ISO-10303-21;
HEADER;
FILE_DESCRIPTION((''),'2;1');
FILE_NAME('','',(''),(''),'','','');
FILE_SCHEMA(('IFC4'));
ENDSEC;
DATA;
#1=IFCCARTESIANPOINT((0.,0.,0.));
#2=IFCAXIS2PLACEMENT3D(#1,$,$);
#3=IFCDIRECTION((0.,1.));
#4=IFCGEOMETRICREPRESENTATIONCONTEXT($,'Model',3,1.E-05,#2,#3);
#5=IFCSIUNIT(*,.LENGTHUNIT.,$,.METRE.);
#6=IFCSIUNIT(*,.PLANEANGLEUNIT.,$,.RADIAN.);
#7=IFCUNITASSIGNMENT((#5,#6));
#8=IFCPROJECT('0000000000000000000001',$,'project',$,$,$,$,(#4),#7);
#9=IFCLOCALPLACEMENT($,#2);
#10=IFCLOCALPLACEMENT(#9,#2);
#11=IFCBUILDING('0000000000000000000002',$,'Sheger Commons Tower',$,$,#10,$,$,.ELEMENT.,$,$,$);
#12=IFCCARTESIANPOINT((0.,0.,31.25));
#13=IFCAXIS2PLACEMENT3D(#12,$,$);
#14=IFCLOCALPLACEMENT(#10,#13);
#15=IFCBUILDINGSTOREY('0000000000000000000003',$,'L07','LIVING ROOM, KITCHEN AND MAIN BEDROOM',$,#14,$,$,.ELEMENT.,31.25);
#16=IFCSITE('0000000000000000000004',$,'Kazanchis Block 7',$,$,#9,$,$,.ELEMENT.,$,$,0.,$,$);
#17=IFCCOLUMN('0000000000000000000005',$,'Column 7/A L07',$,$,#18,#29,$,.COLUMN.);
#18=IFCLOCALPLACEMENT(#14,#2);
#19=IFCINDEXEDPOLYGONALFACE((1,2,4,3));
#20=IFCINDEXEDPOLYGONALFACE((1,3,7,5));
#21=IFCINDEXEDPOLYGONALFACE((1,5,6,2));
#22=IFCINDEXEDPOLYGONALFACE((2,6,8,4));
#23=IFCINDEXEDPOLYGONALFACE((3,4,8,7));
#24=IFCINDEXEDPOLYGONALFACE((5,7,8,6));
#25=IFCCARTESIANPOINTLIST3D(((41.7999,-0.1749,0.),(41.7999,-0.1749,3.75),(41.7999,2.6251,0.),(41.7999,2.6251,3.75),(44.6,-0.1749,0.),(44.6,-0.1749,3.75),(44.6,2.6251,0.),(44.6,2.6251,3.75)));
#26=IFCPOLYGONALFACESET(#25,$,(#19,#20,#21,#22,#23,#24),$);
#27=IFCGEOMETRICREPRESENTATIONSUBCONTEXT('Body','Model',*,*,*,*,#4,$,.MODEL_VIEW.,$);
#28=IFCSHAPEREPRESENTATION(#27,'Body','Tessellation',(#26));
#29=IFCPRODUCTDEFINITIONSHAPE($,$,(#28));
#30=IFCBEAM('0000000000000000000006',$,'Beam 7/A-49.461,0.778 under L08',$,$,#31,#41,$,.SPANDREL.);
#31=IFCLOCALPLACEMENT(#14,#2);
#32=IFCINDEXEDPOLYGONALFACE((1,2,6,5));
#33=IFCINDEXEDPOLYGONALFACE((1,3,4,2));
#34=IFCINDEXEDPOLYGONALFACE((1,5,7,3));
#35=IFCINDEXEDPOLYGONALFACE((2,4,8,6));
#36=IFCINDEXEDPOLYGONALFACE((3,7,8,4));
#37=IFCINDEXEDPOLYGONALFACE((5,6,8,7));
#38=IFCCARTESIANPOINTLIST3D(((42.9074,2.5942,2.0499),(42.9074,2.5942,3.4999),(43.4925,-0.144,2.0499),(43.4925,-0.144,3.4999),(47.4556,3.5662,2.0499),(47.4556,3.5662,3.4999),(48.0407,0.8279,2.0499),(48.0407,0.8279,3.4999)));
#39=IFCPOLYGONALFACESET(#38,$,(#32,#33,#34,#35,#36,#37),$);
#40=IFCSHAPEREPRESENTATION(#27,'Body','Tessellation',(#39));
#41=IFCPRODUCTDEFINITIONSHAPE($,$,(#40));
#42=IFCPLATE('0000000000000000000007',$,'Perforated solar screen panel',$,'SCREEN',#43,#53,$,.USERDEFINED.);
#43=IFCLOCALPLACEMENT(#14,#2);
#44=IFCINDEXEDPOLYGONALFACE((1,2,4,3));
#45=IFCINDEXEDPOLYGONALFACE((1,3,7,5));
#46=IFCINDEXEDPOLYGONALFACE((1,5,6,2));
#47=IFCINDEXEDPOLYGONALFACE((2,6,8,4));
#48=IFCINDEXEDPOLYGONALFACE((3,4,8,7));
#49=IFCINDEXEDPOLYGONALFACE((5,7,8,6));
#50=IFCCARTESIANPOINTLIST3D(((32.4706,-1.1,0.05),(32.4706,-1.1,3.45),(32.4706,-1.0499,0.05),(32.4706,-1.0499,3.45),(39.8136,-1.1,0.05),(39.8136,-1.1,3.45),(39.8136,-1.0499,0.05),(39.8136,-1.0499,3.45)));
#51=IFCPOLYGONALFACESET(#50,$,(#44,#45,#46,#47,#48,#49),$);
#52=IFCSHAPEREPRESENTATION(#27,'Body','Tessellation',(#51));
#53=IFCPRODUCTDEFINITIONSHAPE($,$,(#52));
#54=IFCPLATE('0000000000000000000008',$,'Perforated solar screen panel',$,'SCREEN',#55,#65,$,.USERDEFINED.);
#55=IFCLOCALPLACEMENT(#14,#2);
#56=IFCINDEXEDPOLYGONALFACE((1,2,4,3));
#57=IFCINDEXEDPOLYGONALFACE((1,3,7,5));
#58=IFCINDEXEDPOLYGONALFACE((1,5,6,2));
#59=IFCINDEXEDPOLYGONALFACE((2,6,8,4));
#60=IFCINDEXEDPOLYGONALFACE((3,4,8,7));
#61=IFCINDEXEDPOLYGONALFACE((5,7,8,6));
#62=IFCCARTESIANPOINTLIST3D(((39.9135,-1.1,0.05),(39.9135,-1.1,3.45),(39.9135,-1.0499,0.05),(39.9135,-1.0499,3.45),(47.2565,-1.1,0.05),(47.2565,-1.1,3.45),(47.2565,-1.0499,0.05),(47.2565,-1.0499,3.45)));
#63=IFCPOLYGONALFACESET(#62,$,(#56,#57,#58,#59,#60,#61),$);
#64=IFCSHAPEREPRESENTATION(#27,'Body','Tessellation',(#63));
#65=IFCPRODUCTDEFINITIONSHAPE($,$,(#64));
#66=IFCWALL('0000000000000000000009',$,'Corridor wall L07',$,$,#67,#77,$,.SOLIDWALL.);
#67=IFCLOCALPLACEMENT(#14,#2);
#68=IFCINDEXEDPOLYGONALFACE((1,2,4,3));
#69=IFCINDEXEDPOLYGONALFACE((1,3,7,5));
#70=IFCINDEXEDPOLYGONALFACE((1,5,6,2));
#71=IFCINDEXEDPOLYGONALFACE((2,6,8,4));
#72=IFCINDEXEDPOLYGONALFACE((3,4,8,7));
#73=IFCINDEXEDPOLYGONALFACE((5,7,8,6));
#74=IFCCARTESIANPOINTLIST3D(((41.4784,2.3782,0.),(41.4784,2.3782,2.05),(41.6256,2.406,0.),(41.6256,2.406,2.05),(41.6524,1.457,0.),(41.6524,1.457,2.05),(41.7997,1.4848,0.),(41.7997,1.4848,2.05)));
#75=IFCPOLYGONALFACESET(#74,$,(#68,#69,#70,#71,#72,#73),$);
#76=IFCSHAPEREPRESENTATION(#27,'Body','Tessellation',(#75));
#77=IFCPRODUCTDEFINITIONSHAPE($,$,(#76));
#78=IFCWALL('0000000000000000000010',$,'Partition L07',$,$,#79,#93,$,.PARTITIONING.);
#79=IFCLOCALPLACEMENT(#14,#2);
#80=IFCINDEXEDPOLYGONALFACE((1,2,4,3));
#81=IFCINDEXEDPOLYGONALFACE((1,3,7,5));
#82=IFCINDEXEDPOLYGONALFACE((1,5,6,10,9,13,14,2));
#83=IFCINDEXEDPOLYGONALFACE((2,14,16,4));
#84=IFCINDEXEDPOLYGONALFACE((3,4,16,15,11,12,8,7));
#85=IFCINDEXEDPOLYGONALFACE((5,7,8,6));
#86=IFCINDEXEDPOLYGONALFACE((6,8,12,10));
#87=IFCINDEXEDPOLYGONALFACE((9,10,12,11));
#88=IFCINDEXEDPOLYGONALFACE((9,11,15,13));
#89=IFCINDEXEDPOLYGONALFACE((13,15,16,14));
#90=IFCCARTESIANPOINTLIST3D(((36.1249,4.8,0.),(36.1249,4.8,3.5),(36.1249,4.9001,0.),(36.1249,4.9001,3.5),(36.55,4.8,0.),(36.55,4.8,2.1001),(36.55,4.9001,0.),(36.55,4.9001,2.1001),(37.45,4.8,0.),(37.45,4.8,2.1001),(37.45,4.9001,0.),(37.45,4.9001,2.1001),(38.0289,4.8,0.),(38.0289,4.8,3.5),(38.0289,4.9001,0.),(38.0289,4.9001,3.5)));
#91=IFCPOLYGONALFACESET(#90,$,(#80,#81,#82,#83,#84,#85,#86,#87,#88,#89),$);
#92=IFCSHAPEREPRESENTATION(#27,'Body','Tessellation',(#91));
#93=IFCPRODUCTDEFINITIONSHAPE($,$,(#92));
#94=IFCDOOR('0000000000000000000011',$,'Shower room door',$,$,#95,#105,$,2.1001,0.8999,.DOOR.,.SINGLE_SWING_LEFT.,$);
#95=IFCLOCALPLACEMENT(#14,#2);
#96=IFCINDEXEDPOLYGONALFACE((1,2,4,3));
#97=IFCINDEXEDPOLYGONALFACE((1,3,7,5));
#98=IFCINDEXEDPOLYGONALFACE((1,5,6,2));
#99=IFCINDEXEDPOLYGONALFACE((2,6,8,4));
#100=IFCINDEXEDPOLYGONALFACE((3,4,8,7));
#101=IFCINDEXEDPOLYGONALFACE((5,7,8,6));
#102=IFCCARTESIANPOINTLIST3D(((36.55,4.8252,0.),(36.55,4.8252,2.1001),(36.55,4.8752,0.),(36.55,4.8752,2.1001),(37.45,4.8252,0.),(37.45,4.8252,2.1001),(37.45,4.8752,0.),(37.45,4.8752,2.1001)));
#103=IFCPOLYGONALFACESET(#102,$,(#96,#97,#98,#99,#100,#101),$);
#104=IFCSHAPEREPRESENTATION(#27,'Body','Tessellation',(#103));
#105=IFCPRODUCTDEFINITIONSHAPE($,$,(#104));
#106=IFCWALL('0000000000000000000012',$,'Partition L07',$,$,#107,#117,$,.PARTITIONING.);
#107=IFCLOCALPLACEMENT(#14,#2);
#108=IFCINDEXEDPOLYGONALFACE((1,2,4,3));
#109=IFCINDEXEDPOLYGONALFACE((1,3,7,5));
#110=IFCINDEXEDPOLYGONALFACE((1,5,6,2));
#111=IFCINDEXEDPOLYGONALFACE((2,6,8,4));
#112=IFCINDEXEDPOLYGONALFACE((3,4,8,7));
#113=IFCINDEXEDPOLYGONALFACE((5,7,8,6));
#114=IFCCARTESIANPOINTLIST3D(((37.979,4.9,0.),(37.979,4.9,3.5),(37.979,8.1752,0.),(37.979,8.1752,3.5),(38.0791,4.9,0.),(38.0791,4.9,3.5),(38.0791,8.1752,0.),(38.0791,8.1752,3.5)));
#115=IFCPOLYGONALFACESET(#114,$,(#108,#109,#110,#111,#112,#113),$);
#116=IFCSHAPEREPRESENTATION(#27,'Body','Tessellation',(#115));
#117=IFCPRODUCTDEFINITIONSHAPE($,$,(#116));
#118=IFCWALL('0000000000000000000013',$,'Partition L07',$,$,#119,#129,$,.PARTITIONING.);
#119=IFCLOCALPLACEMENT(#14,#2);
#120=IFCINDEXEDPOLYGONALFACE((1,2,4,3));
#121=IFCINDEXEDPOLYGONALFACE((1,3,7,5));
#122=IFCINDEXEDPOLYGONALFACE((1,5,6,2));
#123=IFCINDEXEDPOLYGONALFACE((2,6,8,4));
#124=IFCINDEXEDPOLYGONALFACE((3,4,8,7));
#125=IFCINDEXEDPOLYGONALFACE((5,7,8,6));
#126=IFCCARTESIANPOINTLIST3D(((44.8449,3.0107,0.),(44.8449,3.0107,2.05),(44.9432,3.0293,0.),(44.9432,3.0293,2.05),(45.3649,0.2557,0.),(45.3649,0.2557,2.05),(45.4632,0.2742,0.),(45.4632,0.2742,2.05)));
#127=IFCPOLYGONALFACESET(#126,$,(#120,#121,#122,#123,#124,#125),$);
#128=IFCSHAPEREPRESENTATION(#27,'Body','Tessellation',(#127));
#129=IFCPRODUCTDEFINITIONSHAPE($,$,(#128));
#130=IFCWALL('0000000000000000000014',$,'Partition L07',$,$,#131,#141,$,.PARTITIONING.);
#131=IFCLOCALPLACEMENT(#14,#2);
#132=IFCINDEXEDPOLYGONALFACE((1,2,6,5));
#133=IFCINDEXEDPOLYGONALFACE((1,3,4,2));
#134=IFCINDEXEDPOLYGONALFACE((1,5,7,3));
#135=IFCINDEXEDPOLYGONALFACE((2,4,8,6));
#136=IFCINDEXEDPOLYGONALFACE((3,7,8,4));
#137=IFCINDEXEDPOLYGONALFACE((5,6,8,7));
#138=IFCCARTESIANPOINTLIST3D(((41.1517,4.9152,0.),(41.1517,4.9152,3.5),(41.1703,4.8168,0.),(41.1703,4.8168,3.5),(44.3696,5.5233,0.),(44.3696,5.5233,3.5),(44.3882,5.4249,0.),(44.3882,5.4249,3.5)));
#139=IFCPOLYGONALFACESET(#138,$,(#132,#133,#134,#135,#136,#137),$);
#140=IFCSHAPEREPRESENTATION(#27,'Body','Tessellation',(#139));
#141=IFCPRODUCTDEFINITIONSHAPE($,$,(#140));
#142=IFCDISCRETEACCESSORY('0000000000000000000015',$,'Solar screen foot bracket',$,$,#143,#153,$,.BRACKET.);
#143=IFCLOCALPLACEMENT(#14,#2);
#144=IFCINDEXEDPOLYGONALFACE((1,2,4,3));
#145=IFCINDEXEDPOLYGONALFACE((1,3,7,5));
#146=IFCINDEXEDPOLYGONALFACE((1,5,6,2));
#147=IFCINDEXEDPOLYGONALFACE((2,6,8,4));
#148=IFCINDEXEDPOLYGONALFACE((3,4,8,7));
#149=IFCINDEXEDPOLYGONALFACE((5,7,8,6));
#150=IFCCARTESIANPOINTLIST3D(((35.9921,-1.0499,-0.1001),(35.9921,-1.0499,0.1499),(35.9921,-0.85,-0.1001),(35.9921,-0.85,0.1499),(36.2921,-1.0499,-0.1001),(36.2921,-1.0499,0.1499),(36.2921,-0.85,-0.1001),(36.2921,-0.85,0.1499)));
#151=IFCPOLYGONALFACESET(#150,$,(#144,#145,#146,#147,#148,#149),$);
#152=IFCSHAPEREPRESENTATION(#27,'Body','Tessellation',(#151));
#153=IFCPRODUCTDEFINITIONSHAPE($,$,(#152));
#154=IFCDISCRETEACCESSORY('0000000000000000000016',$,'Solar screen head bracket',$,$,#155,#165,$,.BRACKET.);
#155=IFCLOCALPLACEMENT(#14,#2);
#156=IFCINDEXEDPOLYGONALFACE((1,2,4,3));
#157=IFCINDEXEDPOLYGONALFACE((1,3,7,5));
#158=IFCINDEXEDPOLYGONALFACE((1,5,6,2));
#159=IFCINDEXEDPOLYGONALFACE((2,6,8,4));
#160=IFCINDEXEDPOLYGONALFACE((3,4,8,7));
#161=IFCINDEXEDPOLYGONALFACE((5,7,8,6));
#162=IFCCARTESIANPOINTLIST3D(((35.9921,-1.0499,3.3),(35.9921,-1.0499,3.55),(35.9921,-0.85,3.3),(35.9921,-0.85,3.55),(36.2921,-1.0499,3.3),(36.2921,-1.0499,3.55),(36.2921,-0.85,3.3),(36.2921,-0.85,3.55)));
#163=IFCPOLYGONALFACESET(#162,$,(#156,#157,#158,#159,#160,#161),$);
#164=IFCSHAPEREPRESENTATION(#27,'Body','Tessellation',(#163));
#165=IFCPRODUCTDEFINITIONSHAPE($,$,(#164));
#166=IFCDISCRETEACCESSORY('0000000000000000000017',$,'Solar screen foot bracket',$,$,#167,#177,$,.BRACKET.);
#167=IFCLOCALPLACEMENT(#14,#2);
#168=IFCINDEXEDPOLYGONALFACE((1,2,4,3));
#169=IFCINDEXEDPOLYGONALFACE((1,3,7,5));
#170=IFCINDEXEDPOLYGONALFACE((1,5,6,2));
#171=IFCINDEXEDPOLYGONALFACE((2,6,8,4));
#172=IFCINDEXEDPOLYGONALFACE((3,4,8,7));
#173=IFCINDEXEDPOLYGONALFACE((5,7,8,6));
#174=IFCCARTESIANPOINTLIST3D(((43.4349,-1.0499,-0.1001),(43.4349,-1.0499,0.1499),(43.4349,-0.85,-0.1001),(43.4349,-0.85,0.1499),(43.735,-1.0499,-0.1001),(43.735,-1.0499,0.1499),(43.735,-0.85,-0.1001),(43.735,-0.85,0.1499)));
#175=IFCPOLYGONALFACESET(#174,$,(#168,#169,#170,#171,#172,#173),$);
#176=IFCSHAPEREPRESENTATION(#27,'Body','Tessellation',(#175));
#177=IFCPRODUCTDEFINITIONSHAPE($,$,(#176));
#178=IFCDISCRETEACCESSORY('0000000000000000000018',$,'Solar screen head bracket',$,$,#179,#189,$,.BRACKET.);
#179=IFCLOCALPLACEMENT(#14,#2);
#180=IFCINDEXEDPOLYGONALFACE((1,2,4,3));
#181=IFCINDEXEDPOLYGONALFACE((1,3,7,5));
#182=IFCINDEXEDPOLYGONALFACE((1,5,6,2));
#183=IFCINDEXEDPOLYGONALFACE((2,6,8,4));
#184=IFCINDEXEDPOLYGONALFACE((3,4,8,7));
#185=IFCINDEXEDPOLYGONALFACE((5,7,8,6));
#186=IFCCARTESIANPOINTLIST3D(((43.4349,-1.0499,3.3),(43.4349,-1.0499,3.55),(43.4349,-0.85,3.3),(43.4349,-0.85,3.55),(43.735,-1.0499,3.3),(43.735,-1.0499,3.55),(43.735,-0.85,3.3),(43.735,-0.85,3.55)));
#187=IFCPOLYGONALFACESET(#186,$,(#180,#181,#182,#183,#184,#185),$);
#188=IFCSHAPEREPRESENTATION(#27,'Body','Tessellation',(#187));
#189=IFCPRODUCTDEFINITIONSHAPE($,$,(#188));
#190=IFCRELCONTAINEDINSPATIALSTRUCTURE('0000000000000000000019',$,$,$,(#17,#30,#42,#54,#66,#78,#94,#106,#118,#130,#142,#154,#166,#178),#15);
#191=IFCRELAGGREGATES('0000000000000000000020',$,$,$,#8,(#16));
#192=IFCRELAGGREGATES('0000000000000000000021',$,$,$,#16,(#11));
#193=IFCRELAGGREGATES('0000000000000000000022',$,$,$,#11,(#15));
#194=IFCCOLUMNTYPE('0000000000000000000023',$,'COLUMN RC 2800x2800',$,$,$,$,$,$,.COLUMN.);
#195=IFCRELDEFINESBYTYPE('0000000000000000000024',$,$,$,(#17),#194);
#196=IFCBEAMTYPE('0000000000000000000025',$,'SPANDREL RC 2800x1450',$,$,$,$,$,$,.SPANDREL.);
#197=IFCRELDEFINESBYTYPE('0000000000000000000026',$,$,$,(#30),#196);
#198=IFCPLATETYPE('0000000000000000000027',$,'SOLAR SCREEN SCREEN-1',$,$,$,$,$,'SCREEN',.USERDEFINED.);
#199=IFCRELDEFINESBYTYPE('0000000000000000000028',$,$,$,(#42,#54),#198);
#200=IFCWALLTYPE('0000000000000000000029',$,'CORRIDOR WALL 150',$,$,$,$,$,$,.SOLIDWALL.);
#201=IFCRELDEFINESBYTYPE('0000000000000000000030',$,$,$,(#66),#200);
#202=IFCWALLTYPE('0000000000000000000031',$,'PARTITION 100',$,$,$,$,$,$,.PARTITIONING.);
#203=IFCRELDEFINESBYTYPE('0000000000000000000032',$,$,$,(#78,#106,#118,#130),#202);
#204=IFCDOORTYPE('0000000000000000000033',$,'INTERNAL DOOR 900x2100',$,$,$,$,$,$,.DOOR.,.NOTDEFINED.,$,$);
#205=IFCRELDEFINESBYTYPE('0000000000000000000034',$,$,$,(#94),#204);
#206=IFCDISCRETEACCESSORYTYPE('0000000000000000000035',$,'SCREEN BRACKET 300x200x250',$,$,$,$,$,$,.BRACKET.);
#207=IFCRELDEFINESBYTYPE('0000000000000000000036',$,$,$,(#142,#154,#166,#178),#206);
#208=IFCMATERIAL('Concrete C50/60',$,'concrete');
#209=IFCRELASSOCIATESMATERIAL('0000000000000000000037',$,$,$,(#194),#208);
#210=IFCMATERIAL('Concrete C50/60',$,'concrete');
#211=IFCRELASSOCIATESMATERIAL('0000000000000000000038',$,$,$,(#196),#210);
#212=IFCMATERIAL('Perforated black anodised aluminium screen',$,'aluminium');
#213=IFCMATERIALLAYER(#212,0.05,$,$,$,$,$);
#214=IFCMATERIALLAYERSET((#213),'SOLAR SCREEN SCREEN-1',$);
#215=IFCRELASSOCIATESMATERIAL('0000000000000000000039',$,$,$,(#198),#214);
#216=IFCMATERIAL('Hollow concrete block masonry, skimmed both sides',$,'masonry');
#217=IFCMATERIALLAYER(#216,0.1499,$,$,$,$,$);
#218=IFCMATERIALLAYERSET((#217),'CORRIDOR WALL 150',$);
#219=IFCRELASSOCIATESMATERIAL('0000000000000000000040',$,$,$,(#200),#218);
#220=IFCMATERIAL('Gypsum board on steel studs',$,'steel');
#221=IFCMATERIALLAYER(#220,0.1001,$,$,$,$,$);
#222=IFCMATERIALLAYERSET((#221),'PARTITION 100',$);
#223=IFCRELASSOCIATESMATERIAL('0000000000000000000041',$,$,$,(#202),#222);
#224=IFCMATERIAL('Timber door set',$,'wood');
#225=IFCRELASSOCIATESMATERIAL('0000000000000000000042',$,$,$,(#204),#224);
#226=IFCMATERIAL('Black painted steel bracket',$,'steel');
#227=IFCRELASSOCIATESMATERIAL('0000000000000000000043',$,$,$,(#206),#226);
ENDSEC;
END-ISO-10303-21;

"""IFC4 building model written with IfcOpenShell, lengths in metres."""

from ifc_helpers import new_model, si_unit, direction, frame, frame_2d, origin, origin_2d, place, context, subcontext, project, spatial, rectangle, extrude, material, layer, layer_set, material_profile, profile_set, type_object, element, fill, save


model = new_model("IFC4")

# Units and contexts
model_context = context("Model", 3, precision=1e-05, world=origin(), true_north=direction((0.0, 1.0)))
body_context = subcontext(model_context, "Body", "Model", "MODEL_VIEW")
ifc_project = project(units=[si_unit("LENGTHUNIT", "METRE"), si_unit("PLANEANGLEUNIT", "RADIAN")], contexts=[model_context])

# Site, building, storey
site_placement = place(None, origin())
site = spatial("IfcSite", under=ifc_project, at=site_placement, Name="Kazanchis Block 7", CompositionType="ELEMENT", RefElevation=0.0)
building_placement = place(site_placement, origin())
building = spatial("IfcBuilding", under=site, at=building_placement, Name="Sheger Commons Tower", CompositionType="ELEMENT")
storey_placement = place(building_placement, frame((0.0, 0.0, 31.25)))
storey = spatial("IfcBuildingStorey", under=building, at=storey_placement, Name="L07", Description="LIVING ROOM, KITCHEN AND MAIN BEDROOM", CompositionType="ELEMENT", Elevation=31.25)

# Column
ifc_material_1 = material(Name="Concrete C50/60", Category="concrete")
ifc_material_profile_1 = material_profile(ifc_material_1, rectangle(XDim=2.8, YDim=2.8, at=origin_2d()), Name="RC 2800x2800")
ifc_profile_set_1 = profile_set([ifc_material_profile_1], Name="Concrete C50/60")
column_type = type_object("IfcColumnType", Name="COLUMN RC 2800x2800", PredefinedType="COLUMN", material=ifc_profile_set_1)
column_placement = place(storey_placement, frame((43.2, 1.2251, 0.0), z_axis=(0.0, 0.0, 1.0), x_axis=(1.0, 0.0, 0.0)))
element("IfcColumn", 1, at=column_placement, inside=storey, type_object=column_type, Name="Column 7/A L07", PredefinedType="COLUMN", context=body_context, shape_type="SweptSolid", body=[
    extrude(rectangle(XDim=2.8, YDim=2.8, at=origin_2d()), origin(), (0.0, 0.0, 1.0), 3.75),
])

# Beam
ifc_material_2 = material(Name="Concrete C50/60", Category="concrete")
ifc_material_profile_2 = material_profile(ifc_material_2, rectangle(XDim=2.8, YDim=1.45, at=origin_2d()), Name="RC 2800x1450")
ifc_profile_set_2 = profile_set([ifc_material_profile_2], Name="Concrete C50/60")
beam_type = type_object("IfcBeamType", Name="SPANDREL RC 2800x1450", PredefinedType="SPANDREL", material=ifc_profile_set_2)
beam_placement = place(storey_placement, frame((43.2, 1.2251, 2.7749), z_axis=(0.97792, 0.208981, 0.0), x_axis=(-0.208981, 0.97792, 0.0)))
element("IfcBeam", 2, at=beam_placement, inside=storey, type_object=beam_type, Name="Beam 7/A-49.461,0.778 under L08", PredefinedType="SPANDREL", context=body_context, shape_type="SweptSolid", body=[
    extrude(rectangle(XDim=2.8, YDim=1.45, at=origin_2d()), origin(), (0.0, 0.0, 1.0), 4.6509),
])

# Plates
ifc_material_3 = material(Name="Perforated black anodised aluminium screen", Category="aluminium")
ifc_layer_1 = layer(ifc_material_3, 0.05)
ifc_layer_set_1 = layer_set([ifc_layer_1], Name="SOLAR SCREEN SCREEN-1")
plate_type = type_object("IfcPlateType", Name="SOLAR SCREEN SCREEN-1", ElementType="SCREEN", PredefinedType="USERDEFINED", material=ifc_layer_set_1)
for number, where, z_axis, x_axis, name in (
    (3, (36.1421, -1.075, 0.05), (0.0, 0.0, 1.0), (1.0, 0.0, 0.0), "Perforated solar screen panel"),
    (4, (43.585, -1.075, 0.05), (0.0, 0.0, 1.0), (1.0, 0.0, 0.0), "Perforated solar screen panel"),
):
    element("IfcPlate", number, at=place(storey_placement, frame(where, z_axis=z_axis, x_axis=x_axis)), inside=storey, type_object=plate_type, Name=name, ObjectType="SCREEN", PredefinedType="USERDEFINED", context=body_context, shape_type="SweptSolid", body=[
        extrude(rectangle(XDim=7.343, YDim=0.05, at=origin_2d()), origin(), (0.0, 0.0, 1.0), 3.3999),
    ])

# Wall
ifc_material_4 = material(Name="Hollow concrete block masonry, skimmed both sides", Category="masonry")
ifc_layer_2 = layer(ifc_material_4, 0.1499)
ifc_layer_set_2 = layer_set([ifc_layer_2], Name="CORRIDOR WALL 150")
wall_type_1 = type_object("IfcWallType", Name="CORRIDOR WALL 150", PredefinedType="SOLIDWALL", material=ifc_layer_set_2)
wall_1_placement = place(storey_placement, frame((41.552, 2.3921, 0.0), z_axis=(0.0, 0.0, 1.0), x_axis=(0.185688, -0.982609, 0.0)))
element("IfcWall", 5, at=wall_1_placement, inside=storey, type_object=wall_type_1, Name="Corridor wall L07", PredefinedType="SOLIDWALL", context=body_context, shape_type="SweptSolid", body=[
    extrude(rectangle(XDim=0.9375, YDim=0.1499, at=frame_2d((0.4688, 0.0))), origin(), (0.0, 0.0, 1.0), 2.05),
])

# Wall, opening, door
ifc_material_5 = material(Name="Gypsum board on steel studs", Category="steel")
ifc_layer_3 = layer(ifc_material_5, 0.1001)
ifc_layer_set_3 = layer_set([ifc_layer_3], Name="PARTITION 100")
wall_type_2 = type_object("IfcWallType", Name="PARTITION 100", PredefinedType="PARTITIONING", material=ifc_layer_set_3)
wall_2_placement = place(storey_placement, frame((38.0291, 4.8501, 0.0), z_axis=(0.0, 0.0, 1.0), x_axis=(-1.0, 0.0, 0.0)))
wall_2 = element("IfcWall", 6, at=wall_2_placement, inside=storey, type_object=wall_type_2, Name="Partition L07", PredefinedType="PARTITIONING", context=body_context, shape_type="SweptSolid", body=[
    extrude(rectangle(XDim=1.9041, YDim=0.1001, at=frame_2d((0.9521, 0.0))), origin(), (0.0, 0.0, 1.0), 3.5),
])
opening_placement = place(wall_2_placement, frame((0.5791, 0.0, 0.0)))
opening = element("IfcOpeningElement", 7, at=opening_placement, cuts=wall_2, PredefinedType="OPENING", context=body_context, shape_type="SweptSolid", body=[
    extrude(rectangle(XDim=0.8999, YDim=2.1001, at=frame_2d((0.45, 1.05))), frame((0.0, 0.0601, 0.0), z_axis=(0.0, -1.0, 0.0), x_axis=(1.0, 0.0, 0.0)), (0.0, 0.0, 1.0), 0.1201),
])
ifc_material_6 = material(Name="Timber door set", Category="wood")
door_type = type_object("IfcDoorType", Name="INTERNAL DOOR 900x2100", OperationType="NOTDEFINED", PredefinedType="DOOR", material=ifc_material_6)
door_placement = place(opening_placement, origin())
door = element("IfcDoor", 8, at=door_placement, inside=storey, type_object=door_type, Name="Shower room door", OperationType="SINGLE_SWING_LEFT", OverallHeight=2.1001, OverallWidth=0.8999, PredefinedType="DOOR", context=body_context, shape_type="SweptSolid", body=[
    extrude(rectangle(XDim=0.8999, YDim=2.1001, at=frame_2d((0.45, 1.05))), frame((0.0, 0.0249, 0.0), z_axis=(0.0, -1.0, 0.0), x_axis=(1.0, 0.0, 0.0)), (0.0, 0.0, 1.0), 0.05),
])
fill(opening, door)

# Walls
wall_3_placement = place(storey_placement, frame((38.0291, 4.8999, 0.0), z_axis=(0.0, 0.0, 1.0), x_axis=(0.0, 1.0, 0.0)))
element("IfcWall", 9, at=wall_3_placement, inside=storey, type_object=wall_type_2, Name="Partition L07", PredefinedType="PARTITIONING", context=body_context, shape_type="SweptSolid", body=[
    extrude(rectangle(XDim=3.2751, YDim=0.1001, at=frame_2d((1.6377, 0.0))), origin(), (0.0, 0.0, 1.0), 3.5),
])
wall_4_placement = place(storey_placement, frame((44.894, 3.02, 0.0), z_axis=(0.0, 0.0, 1.0), x_axis=(0.185471, -0.98265, 0.0)))
element("IfcWall", 10, at=wall_4_placement, inside=storey, type_object=wall_type_2, Name="Partition L07", PredefinedType="PARTITIONING", context=body_context, shape_type="SweptSolid", body=[
    extrude(rectangle(XDim=2.8037, YDim=0.1001, at=frame_2d((1.4019, 0.0))), origin(), (0.0, 0.0, 1.0), 2.05),
])
wall_5_placement = place(storey_placement, frame((44.3789, 5.4741, 0.0), z_axis=(0.0, 0.0, 1.0), x_axis=(-0.982607, -0.185697, 0.0)))
element("IfcWall", 11, at=wall_5_placement, inside=storey, type_object=wall_type_2, Name="Partition L07", PredefinedType="PARTITIONING", context=body_context, shape_type="SweptSolid", body=[
    extrude(rectangle(XDim=3.2749, YDim=0.1001, at=frame_2d((1.6375, 0.0))), origin(), (0.0, 0.0, 1.0), 3.5),
])

# Discrete accessories
ifc_material_7 = material(Name="Black painted steel bracket", Category="steel")
discrete_accessory_type = type_object("IfcDiscreteAccessoryType", Name="SCREEN BRACKET 300x200x250", PredefinedType="BRACKET", material=ifc_material_7)
for number, where, z_axis, x_axis, name in (
    (12, (36.1421, -0.95, -0.1001), (0.0, 0.0, 1.0), (1.0, 0.0, 0.0), "Solar screen foot bracket"),
    (13, (36.1421, -0.95, 3.3), (0.0, 0.0, 1.0), (1.0, 0.0, 0.0), "Solar screen head bracket"),
    (14, (43.585, -0.95, -0.1001), (0.0, 0.0, 1.0), (1.0, 0.0, 0.0), "Solar screen foot bracket"),
    (15, (43.585, -0.95, 3.3), (0.0, 0.0, 1.0), (1.0, 0.0, 0.0), "Solar screen head bracket"),
):
    element("IfcDiscreteAccessory", number, at=place(storey_placement, frame(where, z_axis=z_axis, x_axis=x_axis)), inside=storey, type_object=discrete_accessory_type, Name=name, PredefinedType="BRACKET", context=body_context, shape_type="SweptSolid", body=[
        extrude(rectangle(XDim=0.3, YDim=0.2, at=origin_2d()), origin(), (0.0, 0.0, 1.0), 0.25),
    ])

save(model, "model.ifc")
